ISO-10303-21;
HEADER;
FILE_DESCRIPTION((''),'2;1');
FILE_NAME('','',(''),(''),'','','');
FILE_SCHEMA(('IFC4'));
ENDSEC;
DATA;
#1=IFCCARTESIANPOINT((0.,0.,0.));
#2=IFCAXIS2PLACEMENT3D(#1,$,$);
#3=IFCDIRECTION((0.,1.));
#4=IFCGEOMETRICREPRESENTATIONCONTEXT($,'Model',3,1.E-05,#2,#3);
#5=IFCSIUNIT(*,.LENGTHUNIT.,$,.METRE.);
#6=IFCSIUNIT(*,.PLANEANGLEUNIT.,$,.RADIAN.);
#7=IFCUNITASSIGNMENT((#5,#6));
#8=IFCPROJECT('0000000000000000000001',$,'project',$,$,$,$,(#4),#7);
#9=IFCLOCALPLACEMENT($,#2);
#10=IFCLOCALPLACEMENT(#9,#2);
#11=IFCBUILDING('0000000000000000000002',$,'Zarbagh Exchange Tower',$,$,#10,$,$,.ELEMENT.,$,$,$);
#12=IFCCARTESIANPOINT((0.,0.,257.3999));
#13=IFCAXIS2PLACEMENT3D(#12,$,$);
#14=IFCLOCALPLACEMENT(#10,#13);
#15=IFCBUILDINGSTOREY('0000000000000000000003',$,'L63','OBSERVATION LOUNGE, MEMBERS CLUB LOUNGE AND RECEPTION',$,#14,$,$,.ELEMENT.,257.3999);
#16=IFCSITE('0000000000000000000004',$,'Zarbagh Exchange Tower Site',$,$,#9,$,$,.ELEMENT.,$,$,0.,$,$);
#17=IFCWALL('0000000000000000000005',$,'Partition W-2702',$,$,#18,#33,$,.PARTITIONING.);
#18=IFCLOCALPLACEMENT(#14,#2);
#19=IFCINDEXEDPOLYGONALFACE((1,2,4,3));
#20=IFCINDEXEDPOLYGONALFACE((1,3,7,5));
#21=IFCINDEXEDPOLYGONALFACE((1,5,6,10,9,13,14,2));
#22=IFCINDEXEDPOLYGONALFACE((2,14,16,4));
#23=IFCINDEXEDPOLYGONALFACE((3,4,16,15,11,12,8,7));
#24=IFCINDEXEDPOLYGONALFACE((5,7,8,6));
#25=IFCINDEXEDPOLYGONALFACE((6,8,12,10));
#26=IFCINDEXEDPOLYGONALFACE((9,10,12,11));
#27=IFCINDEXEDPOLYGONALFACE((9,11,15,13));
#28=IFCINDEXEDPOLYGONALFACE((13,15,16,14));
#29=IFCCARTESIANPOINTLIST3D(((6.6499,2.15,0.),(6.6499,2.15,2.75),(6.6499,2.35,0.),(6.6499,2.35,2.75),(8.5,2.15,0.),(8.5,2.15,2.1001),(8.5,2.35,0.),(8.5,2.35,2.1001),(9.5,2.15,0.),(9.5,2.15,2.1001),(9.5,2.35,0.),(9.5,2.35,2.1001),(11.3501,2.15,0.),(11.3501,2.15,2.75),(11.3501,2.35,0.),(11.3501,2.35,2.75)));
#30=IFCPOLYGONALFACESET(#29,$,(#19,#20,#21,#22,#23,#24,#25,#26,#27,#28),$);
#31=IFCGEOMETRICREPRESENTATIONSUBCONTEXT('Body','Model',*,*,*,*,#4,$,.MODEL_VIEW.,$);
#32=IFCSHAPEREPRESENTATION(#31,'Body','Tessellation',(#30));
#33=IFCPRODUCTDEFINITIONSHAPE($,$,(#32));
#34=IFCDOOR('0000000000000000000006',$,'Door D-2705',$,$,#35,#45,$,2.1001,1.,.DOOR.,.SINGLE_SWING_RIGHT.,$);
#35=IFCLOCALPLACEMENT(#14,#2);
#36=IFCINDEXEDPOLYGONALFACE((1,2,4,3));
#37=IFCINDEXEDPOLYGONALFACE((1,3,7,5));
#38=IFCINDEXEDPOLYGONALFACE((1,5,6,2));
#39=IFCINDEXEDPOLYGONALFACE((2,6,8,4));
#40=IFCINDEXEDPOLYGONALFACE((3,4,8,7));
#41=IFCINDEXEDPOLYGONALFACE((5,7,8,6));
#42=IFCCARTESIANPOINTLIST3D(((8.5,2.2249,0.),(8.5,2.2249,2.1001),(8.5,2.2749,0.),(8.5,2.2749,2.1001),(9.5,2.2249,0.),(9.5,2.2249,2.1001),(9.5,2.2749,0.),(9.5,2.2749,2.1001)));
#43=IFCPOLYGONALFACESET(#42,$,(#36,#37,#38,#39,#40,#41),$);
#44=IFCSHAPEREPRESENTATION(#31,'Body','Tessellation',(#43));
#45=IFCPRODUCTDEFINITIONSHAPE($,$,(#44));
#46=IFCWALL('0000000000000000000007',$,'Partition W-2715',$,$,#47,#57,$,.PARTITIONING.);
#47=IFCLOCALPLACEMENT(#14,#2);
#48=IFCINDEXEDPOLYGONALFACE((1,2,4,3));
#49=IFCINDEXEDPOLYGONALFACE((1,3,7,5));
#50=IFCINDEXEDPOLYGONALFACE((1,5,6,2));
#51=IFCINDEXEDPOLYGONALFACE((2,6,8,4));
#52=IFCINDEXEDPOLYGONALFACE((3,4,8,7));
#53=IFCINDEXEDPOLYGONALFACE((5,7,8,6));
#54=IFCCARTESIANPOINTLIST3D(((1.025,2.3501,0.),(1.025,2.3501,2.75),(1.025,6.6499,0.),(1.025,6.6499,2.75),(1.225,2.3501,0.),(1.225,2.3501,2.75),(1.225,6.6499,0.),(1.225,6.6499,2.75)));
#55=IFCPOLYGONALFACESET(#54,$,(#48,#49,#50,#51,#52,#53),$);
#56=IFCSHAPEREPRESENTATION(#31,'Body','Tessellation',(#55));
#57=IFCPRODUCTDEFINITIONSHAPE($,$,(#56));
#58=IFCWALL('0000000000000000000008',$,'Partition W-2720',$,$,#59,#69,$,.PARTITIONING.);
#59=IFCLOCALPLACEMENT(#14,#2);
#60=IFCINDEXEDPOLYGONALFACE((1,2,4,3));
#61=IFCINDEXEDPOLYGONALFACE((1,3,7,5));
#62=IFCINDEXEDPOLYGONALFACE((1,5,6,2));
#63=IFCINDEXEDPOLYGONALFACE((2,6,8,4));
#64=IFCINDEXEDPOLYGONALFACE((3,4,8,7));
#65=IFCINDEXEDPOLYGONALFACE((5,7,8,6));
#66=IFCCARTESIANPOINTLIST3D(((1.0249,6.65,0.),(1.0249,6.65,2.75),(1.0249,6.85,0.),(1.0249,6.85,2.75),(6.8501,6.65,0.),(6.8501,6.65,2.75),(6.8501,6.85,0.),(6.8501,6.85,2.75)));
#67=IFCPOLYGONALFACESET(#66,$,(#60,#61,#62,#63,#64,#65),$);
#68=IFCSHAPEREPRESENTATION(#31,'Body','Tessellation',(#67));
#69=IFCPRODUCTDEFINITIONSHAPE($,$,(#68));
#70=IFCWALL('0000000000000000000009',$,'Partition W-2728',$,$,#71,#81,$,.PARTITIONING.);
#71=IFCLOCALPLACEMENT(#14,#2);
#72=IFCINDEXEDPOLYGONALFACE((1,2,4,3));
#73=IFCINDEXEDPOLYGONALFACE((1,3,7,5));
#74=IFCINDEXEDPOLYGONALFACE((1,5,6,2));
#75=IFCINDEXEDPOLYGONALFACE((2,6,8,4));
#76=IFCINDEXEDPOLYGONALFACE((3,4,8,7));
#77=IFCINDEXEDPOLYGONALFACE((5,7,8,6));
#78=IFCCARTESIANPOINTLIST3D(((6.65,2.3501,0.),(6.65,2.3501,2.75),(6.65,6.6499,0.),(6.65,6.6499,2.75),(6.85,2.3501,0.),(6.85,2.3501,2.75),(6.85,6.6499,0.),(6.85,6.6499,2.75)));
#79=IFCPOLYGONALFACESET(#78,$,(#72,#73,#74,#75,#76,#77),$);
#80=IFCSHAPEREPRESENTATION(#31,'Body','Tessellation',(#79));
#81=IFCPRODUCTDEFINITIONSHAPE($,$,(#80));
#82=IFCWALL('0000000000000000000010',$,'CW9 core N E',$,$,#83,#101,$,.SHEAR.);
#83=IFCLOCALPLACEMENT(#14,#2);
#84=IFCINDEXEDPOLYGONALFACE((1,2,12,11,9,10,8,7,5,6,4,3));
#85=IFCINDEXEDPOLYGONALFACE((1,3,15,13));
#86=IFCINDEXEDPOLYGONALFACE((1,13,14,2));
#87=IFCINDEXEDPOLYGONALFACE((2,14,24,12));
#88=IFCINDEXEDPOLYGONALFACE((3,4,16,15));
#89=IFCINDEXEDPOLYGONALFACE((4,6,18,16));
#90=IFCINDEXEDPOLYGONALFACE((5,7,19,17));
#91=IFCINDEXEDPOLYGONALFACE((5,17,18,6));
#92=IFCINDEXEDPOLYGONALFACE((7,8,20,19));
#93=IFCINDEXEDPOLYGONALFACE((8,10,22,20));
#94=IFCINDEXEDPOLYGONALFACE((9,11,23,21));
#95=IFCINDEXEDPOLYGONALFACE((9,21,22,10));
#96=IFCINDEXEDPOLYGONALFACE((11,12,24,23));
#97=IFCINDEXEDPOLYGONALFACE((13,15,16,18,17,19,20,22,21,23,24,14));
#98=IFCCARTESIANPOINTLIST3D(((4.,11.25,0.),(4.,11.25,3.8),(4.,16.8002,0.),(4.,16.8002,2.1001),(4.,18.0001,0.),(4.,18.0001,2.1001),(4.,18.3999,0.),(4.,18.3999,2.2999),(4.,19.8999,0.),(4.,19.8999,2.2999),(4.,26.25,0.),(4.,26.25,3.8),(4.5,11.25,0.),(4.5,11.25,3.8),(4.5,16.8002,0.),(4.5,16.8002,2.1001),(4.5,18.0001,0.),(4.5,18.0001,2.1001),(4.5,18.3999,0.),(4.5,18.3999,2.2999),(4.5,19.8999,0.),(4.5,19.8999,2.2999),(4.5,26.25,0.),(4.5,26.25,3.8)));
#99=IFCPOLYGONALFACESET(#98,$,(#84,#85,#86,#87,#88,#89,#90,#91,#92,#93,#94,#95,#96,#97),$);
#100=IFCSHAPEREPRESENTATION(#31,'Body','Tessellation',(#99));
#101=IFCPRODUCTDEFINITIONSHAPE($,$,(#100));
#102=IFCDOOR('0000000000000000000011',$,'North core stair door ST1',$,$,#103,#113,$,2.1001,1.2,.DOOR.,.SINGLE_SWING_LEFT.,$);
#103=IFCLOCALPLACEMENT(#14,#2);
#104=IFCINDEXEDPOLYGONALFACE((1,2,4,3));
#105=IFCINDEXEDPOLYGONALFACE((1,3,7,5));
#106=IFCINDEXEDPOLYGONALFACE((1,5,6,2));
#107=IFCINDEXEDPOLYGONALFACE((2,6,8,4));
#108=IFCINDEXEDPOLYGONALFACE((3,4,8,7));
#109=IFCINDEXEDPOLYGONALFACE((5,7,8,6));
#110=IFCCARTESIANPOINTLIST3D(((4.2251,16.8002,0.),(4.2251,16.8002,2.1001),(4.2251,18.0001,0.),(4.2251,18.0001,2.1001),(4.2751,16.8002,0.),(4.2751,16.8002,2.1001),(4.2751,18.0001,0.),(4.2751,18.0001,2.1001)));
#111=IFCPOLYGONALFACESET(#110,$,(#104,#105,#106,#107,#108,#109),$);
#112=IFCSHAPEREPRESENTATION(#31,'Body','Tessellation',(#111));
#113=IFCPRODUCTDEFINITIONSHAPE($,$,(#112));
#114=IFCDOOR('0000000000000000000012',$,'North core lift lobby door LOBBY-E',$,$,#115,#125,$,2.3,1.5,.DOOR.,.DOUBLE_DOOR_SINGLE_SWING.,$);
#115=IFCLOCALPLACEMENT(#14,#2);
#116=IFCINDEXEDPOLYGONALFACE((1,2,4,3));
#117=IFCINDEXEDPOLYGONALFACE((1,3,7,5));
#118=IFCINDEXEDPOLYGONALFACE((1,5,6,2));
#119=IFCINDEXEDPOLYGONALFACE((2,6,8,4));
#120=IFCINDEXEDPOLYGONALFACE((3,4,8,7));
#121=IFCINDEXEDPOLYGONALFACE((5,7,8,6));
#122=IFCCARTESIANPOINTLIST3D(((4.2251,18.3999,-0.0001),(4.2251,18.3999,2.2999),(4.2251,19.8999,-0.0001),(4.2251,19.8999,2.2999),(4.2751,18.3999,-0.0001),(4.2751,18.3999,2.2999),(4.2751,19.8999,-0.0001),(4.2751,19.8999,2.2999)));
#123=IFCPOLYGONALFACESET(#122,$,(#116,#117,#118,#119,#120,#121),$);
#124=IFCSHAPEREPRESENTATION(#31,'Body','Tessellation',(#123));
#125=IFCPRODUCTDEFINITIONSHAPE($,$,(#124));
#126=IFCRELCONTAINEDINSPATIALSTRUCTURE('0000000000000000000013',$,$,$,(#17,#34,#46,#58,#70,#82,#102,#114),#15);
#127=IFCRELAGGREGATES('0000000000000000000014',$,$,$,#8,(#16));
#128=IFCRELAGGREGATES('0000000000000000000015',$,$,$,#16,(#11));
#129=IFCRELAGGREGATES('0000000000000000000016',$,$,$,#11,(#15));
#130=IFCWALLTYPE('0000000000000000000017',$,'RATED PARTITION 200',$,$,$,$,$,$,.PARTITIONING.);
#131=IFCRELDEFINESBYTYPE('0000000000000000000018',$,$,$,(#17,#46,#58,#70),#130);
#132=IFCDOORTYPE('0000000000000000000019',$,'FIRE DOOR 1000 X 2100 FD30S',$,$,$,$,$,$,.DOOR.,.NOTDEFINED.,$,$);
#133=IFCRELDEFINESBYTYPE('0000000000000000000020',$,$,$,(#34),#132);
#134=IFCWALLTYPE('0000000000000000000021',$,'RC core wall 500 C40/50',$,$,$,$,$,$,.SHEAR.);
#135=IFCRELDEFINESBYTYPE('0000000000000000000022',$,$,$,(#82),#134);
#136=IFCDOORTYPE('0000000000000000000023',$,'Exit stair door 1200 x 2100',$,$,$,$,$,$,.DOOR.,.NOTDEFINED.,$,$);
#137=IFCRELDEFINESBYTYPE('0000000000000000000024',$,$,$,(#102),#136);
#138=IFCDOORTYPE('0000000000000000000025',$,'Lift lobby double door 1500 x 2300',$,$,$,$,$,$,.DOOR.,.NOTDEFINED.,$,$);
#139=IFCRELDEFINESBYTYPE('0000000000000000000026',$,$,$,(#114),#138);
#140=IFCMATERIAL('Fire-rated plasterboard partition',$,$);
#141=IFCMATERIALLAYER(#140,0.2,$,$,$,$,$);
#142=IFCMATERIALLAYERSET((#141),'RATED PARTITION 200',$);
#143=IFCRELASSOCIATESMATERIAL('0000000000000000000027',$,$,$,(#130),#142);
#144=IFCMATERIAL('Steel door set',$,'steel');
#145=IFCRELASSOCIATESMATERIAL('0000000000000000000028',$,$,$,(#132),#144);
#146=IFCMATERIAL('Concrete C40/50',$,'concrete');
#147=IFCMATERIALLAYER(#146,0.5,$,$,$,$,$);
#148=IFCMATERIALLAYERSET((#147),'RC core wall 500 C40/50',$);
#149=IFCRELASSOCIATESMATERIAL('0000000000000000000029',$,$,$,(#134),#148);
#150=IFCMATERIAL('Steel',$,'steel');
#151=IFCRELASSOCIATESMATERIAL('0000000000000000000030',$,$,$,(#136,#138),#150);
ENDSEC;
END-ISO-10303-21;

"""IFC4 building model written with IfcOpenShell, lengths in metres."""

from ifc_helpers import new_model, si_unit, direction, frame, frame_2d, origin, place, context, subcontext, project, spatial, rectangle, extrude, material, layer, layer_set, type_object, element, fill, save


model = new_model("IFC4")

# Units and contexts
model_context = context("Model", 3, precision=1e-05, world=origin(), true_north=direction((0.0, 1.0)))
body_context = subcontext(model_context, "Body", "Model", "MODEL_VIEW")
ifc_project = project(units=[si_unit("LENGTHUNIT", "METRE"), si_unit("PLANEANGLEUNIT", "RADIAN")], contexts=[model_context])

# Site, building, storey
site_placement = place(None, origin())
site = spatial("IfcSite", under=ifc_project, at=site_placement, Name="Zarbagh Exchange Tower Site", CompositionType="ELEMENT", RefElevation=0.0)
building_placement = place(site_placement, origin())
building = spatial("IfcBuilding", under=site, at=building_placement, Name="Zarbagh Exchange Tower", CompositionType="ELEMENT")
storey_placement = place(building_placement, frame((0.0, 0.0, 257.3999)))
storey = spatial("IfcBuildingStorey", under=building, at=storey_placement, Name="L63", Description="OBSERVATION LOUNGE, MEMBERS CLUB LOUNGE AND RECEPTION", CompositionType="ELEMENT", Elevation=257.3999)

# Shared definitions
ifc_material_1 = material(Name="Concrete C40/50", Category="concrete")

# Wall, opening, door
ifc_material_2 = material(Name="Fire-rated plasterboard partition")
ifc_layer_1 = layer(ifc_material_2, 0.2)
ifc_layer_set_1 = layer_set([ifc_layer_1], Name="RATED PARTITION 200")
wall_type_1 = type_object("IfcWallType", Name="RATED PARTITION 200", PredefinedType="PARTITIONING", material=ifc_layer_set_1)
ifc_material_3 = material(Name="Steel door set", Category="steel")
door_type_1 = type_object("IfcDoorType", Name="FIRE DOOR 1000 X 2100 FD30S", OperationType="NOTDEFINED", PredefinedType="DOOR", material=ifc_material_3)
wall_1_placement = place(storey_placement, frame((6.6499, 2.25, 0.0), z_axis=(0.0, 0.0, 1.0), x_axis=(1.0, 0.0, 0.0)))
wall_1 = element("IfcWall", 1, at=wall_1_placement, inside=storey, type_object=wall_type_1, Name="Partition W-2702", PredefinedType="PARTITIONING", context=body_context, shape_type="SweptSolid", body=[
    extrude(rectangle(XDim=4.7002, YDim=0.2, at=frame_2d((2.3501, 0.0))), origin(), (0.0, 0.0, 1.0), 2.75),
])
opening_1_placement = place(wall_1_placement, frame((1.8501, 0.0, 0.0)))
opening_1 = element("IfcOpeningElement", 2, at=opening_1_placement, cuts=wall_1, PredefinedType="OPENING", context=body_context, shape_type="SweptSolid", body=[
    extrude(rectangle(XDim=1.0, YDim=2.1001, at=frame_2d((0.5, 1.05))), frame((0.0, 0.1099, 0.0), z_axis=(0.0, -1.0, 0.0), x_axis=(1.0, 0.0, 0.0)), (0.0, 0.0, 1.0), 0.22),
])
door_1_placement = place(opening_1_placement, origin())
door_1 = element("IfcDoor", 3, at=door_1_placement, inside=storey, type_object=door_type_1, Name="Door D-2705", OperationType="SINGLE_SWING_RIGHT", OverallHeight=2.1001, OverallWidth=1.0, PredefinedType="DOOR", context=body_context, shape_type="SweptSolid", body=[
    extrude(rectangle(XDim=1.0, YDim=2.1001, at=frame_2d((0.5, 1.05))), frame((0.0, 0.0249, 0.0), z_axis=(0.0, -1.0, 0.0), x_axis=(1.0, 0.0, 0.0)), (0.0, 0.0, 1.0), 0.05),
])
fill(opening_1, door_1)

# Walls
wall_2_placement = place(storey_placement, frame((1.125, 2.3501, 0.0), z_axis=(0.0, 0.0, 1.0), x_axis=(0.0, 1.0, 0.0)))
element("IfcWall", 4, at=wall_2_placement, inside=storey, type_object=wall_type_1, Name="Partition W-2715", PredefinedType="PARTITIONING", context=body_context, shape_type="SweptSolid", body=[
    extrude(rectangle(XDim=4.2998, YDim=0.2, at=frame_2d((2.1499, 0.0))), origin(), (0.0, 0.0, 1.0), 2.75),
])
wall_3_placement = place(storey_placement, frame((1.0249, 6.75, 0.0), z_axis=(0.0, 0.0, 1.0), x_axis=(1.0, 0.0, 0.0)))
element("IfcWall", 5, at=wall_3_placement, inside=storey, type_object=wall_type_1, Name="Partition W-2720", PredefinedType="PARTITIONING", context=body_context, shape_type="SweptSolid", body=[
    extrude(rectangle(XDim=5.8252, YDim=0.2, at=frame_2d((2.9126, 0.0))), origin(), (0.0, 0.0, 1.0), 2.75),
])
wall_4_placement = place(storey_placement, frame((6.75, 2.3501, 0.0), z_axis=(0.0, 0.0, 1.0), x_axis=(0.0, 1.0, 0.0)))
element("IfcWall", 6, at=wall_4_placement, inside=storey, type_object=wall_type_1, Name="Partition W-2728", PredefinedType="PARTITIONING", context=body_context, shape_type="SweptSolid", body=[
    extrude(rectangle(XDim=4.2998, YDim=0.2, at=frame_2d((2.1499, 0.0))), origin(), (0.0, 0.0, 1.0), 2.75),
])

# Wall, openings, doors
ifc_layer_2 = layer(ifc_material_1, 0.5)
ifc_layer_set_2 = layer_set([ifc_layer_2], Name="RC core wall 500 C40/50")
wall_type_2 = type_object("IfcWallType", Name="RC core wall 500 C40/50", PredefinedType="SHEAR", material=ifc_layer_set_2)
wall_5_placement = place(storey_placement, frame((4.25, 11.25, 0.0), z_axis=(0.0, 0.0, 1.0), x_axis=(0.0, 1.0, 0.0)))
wall_5 = element("IfcWall", 7, at=wall_5_placement, inside=storey, type_object=wall_type_2, Name="CW9 core N E", PredefinedType="SHEAR", context=body_context, shape_type="SweptSolid", body=[
    extrude(rectangle(XDim=15.0, YDim=0.5, at=frame_2d((7.5, 0.0))), origin(), (0.0, 0.0, 1.0), 3.8),
])
opening_2_placement = place(wall_5_placement, frame((7.1499, 0.0, 0.0)))
opening_2 = element("IfcOpeningElement", 8, at=opening_2_placement, cuts=wall_5, PredefinedType="OPENING", context=body_context, shape_type="SweptSolid", body=[
    extrude(rectangle(XDim=1.5, YDim=2.3, at=frame_2d((0.75, 1.1499))), frame((0.0, 0.26, 0.0), z_axis=(0.0, -1.0, 0.0), x_axis=(1.0, 0.0, 0.0)), (0.0, 0.0, 1.0), 0.52),
])
opening_3_placement = place(wall_5_placement, frame((5.55, 0.0, 0.0)))
opening_3 = element("IfcOpeningElement", 9, at=opening_3_placement, cuts=wall_5, PredefinedType="OPENING", context=body_context, shape_type="SweptSolid", body=[
    extrude(rectangle(XDim=1.2, YDim=2.1001, at=frame_2d((0.6001, 1.05))), frame((0.0, 0.26, 0.0), z_axis=(0.0, -1.0, 0.0), x_axis=(1.0, 0.0, 0.0)), (0.0, 0.0, 1.0), 0.52),
])
ifc_material_4 = material(Name="Steel", Category="steel")
door_type_2 = type_object("IfcDoorType", Name="Exit stair door 1200 x 2100", OperationType="NOTDEFINED", PredefinedType="DOOR", material=ifc_material_4)
door_2_placement = place(opening_3_placement, origin())
door_2 = element("IfcDoor", 10, at=door_2_placement, inside=storey, type_object=door_type_2, Name="North core stair door ST1", OperationType="SINGLE_SWING_LEFT", OverallHeight=2.1001, OverallWidth=1.2, PredefinedType="DOOR", context=body_context, shape_type="SweptSolid", body=[
    extrude(rectangle(XDim=1.2, YDim=2.1001, at=frame_2d((0.6001, 1.05))), frame((0.0, 0.0249, 0.0), z_axis=(0.0, -1.0, 0.0), x_axis=(1.0, 0.0, 0.0)), (0.0, 0.0, 1.0), 0.05),
])
fill(opening_3, door_2)
door_type_3 = type_object("IfcDoorType", Name="Lift lobby double door 1500 x 2300", OperationType="NOTDEFINED", PredefinedType="DOOR", material=ifc_material_4)
door_3_placement = place(opening_2_placement, origin())
door_3 = element("IfcDoor", 11, at=door_3_placement, inside=storey, type_object=door_type_3, Name="North core lift lobby door LOBBY-E", OperationType="DOUBLE_DOOR_SINGLE_SWING", OverallHeight=2.3, OverallWidth=1.5, PredefinedType="DOOR", context=body_context, shape_type="SweptSolid", body=[
    extrude(rectangle(XDim=1.5, YDim=2.3, at=frame_2d((0.75, 1.1499))), frame((0.0, 0.0249, 0.0), z_axis=(0.0, -1.0, 0.0), x_axis=(1.0, 0.0, 0.0)), (0.0, 0.0, 1.0), 0.05),
])
fill(opening_2, door_3)

save(model, "model.ifc")
